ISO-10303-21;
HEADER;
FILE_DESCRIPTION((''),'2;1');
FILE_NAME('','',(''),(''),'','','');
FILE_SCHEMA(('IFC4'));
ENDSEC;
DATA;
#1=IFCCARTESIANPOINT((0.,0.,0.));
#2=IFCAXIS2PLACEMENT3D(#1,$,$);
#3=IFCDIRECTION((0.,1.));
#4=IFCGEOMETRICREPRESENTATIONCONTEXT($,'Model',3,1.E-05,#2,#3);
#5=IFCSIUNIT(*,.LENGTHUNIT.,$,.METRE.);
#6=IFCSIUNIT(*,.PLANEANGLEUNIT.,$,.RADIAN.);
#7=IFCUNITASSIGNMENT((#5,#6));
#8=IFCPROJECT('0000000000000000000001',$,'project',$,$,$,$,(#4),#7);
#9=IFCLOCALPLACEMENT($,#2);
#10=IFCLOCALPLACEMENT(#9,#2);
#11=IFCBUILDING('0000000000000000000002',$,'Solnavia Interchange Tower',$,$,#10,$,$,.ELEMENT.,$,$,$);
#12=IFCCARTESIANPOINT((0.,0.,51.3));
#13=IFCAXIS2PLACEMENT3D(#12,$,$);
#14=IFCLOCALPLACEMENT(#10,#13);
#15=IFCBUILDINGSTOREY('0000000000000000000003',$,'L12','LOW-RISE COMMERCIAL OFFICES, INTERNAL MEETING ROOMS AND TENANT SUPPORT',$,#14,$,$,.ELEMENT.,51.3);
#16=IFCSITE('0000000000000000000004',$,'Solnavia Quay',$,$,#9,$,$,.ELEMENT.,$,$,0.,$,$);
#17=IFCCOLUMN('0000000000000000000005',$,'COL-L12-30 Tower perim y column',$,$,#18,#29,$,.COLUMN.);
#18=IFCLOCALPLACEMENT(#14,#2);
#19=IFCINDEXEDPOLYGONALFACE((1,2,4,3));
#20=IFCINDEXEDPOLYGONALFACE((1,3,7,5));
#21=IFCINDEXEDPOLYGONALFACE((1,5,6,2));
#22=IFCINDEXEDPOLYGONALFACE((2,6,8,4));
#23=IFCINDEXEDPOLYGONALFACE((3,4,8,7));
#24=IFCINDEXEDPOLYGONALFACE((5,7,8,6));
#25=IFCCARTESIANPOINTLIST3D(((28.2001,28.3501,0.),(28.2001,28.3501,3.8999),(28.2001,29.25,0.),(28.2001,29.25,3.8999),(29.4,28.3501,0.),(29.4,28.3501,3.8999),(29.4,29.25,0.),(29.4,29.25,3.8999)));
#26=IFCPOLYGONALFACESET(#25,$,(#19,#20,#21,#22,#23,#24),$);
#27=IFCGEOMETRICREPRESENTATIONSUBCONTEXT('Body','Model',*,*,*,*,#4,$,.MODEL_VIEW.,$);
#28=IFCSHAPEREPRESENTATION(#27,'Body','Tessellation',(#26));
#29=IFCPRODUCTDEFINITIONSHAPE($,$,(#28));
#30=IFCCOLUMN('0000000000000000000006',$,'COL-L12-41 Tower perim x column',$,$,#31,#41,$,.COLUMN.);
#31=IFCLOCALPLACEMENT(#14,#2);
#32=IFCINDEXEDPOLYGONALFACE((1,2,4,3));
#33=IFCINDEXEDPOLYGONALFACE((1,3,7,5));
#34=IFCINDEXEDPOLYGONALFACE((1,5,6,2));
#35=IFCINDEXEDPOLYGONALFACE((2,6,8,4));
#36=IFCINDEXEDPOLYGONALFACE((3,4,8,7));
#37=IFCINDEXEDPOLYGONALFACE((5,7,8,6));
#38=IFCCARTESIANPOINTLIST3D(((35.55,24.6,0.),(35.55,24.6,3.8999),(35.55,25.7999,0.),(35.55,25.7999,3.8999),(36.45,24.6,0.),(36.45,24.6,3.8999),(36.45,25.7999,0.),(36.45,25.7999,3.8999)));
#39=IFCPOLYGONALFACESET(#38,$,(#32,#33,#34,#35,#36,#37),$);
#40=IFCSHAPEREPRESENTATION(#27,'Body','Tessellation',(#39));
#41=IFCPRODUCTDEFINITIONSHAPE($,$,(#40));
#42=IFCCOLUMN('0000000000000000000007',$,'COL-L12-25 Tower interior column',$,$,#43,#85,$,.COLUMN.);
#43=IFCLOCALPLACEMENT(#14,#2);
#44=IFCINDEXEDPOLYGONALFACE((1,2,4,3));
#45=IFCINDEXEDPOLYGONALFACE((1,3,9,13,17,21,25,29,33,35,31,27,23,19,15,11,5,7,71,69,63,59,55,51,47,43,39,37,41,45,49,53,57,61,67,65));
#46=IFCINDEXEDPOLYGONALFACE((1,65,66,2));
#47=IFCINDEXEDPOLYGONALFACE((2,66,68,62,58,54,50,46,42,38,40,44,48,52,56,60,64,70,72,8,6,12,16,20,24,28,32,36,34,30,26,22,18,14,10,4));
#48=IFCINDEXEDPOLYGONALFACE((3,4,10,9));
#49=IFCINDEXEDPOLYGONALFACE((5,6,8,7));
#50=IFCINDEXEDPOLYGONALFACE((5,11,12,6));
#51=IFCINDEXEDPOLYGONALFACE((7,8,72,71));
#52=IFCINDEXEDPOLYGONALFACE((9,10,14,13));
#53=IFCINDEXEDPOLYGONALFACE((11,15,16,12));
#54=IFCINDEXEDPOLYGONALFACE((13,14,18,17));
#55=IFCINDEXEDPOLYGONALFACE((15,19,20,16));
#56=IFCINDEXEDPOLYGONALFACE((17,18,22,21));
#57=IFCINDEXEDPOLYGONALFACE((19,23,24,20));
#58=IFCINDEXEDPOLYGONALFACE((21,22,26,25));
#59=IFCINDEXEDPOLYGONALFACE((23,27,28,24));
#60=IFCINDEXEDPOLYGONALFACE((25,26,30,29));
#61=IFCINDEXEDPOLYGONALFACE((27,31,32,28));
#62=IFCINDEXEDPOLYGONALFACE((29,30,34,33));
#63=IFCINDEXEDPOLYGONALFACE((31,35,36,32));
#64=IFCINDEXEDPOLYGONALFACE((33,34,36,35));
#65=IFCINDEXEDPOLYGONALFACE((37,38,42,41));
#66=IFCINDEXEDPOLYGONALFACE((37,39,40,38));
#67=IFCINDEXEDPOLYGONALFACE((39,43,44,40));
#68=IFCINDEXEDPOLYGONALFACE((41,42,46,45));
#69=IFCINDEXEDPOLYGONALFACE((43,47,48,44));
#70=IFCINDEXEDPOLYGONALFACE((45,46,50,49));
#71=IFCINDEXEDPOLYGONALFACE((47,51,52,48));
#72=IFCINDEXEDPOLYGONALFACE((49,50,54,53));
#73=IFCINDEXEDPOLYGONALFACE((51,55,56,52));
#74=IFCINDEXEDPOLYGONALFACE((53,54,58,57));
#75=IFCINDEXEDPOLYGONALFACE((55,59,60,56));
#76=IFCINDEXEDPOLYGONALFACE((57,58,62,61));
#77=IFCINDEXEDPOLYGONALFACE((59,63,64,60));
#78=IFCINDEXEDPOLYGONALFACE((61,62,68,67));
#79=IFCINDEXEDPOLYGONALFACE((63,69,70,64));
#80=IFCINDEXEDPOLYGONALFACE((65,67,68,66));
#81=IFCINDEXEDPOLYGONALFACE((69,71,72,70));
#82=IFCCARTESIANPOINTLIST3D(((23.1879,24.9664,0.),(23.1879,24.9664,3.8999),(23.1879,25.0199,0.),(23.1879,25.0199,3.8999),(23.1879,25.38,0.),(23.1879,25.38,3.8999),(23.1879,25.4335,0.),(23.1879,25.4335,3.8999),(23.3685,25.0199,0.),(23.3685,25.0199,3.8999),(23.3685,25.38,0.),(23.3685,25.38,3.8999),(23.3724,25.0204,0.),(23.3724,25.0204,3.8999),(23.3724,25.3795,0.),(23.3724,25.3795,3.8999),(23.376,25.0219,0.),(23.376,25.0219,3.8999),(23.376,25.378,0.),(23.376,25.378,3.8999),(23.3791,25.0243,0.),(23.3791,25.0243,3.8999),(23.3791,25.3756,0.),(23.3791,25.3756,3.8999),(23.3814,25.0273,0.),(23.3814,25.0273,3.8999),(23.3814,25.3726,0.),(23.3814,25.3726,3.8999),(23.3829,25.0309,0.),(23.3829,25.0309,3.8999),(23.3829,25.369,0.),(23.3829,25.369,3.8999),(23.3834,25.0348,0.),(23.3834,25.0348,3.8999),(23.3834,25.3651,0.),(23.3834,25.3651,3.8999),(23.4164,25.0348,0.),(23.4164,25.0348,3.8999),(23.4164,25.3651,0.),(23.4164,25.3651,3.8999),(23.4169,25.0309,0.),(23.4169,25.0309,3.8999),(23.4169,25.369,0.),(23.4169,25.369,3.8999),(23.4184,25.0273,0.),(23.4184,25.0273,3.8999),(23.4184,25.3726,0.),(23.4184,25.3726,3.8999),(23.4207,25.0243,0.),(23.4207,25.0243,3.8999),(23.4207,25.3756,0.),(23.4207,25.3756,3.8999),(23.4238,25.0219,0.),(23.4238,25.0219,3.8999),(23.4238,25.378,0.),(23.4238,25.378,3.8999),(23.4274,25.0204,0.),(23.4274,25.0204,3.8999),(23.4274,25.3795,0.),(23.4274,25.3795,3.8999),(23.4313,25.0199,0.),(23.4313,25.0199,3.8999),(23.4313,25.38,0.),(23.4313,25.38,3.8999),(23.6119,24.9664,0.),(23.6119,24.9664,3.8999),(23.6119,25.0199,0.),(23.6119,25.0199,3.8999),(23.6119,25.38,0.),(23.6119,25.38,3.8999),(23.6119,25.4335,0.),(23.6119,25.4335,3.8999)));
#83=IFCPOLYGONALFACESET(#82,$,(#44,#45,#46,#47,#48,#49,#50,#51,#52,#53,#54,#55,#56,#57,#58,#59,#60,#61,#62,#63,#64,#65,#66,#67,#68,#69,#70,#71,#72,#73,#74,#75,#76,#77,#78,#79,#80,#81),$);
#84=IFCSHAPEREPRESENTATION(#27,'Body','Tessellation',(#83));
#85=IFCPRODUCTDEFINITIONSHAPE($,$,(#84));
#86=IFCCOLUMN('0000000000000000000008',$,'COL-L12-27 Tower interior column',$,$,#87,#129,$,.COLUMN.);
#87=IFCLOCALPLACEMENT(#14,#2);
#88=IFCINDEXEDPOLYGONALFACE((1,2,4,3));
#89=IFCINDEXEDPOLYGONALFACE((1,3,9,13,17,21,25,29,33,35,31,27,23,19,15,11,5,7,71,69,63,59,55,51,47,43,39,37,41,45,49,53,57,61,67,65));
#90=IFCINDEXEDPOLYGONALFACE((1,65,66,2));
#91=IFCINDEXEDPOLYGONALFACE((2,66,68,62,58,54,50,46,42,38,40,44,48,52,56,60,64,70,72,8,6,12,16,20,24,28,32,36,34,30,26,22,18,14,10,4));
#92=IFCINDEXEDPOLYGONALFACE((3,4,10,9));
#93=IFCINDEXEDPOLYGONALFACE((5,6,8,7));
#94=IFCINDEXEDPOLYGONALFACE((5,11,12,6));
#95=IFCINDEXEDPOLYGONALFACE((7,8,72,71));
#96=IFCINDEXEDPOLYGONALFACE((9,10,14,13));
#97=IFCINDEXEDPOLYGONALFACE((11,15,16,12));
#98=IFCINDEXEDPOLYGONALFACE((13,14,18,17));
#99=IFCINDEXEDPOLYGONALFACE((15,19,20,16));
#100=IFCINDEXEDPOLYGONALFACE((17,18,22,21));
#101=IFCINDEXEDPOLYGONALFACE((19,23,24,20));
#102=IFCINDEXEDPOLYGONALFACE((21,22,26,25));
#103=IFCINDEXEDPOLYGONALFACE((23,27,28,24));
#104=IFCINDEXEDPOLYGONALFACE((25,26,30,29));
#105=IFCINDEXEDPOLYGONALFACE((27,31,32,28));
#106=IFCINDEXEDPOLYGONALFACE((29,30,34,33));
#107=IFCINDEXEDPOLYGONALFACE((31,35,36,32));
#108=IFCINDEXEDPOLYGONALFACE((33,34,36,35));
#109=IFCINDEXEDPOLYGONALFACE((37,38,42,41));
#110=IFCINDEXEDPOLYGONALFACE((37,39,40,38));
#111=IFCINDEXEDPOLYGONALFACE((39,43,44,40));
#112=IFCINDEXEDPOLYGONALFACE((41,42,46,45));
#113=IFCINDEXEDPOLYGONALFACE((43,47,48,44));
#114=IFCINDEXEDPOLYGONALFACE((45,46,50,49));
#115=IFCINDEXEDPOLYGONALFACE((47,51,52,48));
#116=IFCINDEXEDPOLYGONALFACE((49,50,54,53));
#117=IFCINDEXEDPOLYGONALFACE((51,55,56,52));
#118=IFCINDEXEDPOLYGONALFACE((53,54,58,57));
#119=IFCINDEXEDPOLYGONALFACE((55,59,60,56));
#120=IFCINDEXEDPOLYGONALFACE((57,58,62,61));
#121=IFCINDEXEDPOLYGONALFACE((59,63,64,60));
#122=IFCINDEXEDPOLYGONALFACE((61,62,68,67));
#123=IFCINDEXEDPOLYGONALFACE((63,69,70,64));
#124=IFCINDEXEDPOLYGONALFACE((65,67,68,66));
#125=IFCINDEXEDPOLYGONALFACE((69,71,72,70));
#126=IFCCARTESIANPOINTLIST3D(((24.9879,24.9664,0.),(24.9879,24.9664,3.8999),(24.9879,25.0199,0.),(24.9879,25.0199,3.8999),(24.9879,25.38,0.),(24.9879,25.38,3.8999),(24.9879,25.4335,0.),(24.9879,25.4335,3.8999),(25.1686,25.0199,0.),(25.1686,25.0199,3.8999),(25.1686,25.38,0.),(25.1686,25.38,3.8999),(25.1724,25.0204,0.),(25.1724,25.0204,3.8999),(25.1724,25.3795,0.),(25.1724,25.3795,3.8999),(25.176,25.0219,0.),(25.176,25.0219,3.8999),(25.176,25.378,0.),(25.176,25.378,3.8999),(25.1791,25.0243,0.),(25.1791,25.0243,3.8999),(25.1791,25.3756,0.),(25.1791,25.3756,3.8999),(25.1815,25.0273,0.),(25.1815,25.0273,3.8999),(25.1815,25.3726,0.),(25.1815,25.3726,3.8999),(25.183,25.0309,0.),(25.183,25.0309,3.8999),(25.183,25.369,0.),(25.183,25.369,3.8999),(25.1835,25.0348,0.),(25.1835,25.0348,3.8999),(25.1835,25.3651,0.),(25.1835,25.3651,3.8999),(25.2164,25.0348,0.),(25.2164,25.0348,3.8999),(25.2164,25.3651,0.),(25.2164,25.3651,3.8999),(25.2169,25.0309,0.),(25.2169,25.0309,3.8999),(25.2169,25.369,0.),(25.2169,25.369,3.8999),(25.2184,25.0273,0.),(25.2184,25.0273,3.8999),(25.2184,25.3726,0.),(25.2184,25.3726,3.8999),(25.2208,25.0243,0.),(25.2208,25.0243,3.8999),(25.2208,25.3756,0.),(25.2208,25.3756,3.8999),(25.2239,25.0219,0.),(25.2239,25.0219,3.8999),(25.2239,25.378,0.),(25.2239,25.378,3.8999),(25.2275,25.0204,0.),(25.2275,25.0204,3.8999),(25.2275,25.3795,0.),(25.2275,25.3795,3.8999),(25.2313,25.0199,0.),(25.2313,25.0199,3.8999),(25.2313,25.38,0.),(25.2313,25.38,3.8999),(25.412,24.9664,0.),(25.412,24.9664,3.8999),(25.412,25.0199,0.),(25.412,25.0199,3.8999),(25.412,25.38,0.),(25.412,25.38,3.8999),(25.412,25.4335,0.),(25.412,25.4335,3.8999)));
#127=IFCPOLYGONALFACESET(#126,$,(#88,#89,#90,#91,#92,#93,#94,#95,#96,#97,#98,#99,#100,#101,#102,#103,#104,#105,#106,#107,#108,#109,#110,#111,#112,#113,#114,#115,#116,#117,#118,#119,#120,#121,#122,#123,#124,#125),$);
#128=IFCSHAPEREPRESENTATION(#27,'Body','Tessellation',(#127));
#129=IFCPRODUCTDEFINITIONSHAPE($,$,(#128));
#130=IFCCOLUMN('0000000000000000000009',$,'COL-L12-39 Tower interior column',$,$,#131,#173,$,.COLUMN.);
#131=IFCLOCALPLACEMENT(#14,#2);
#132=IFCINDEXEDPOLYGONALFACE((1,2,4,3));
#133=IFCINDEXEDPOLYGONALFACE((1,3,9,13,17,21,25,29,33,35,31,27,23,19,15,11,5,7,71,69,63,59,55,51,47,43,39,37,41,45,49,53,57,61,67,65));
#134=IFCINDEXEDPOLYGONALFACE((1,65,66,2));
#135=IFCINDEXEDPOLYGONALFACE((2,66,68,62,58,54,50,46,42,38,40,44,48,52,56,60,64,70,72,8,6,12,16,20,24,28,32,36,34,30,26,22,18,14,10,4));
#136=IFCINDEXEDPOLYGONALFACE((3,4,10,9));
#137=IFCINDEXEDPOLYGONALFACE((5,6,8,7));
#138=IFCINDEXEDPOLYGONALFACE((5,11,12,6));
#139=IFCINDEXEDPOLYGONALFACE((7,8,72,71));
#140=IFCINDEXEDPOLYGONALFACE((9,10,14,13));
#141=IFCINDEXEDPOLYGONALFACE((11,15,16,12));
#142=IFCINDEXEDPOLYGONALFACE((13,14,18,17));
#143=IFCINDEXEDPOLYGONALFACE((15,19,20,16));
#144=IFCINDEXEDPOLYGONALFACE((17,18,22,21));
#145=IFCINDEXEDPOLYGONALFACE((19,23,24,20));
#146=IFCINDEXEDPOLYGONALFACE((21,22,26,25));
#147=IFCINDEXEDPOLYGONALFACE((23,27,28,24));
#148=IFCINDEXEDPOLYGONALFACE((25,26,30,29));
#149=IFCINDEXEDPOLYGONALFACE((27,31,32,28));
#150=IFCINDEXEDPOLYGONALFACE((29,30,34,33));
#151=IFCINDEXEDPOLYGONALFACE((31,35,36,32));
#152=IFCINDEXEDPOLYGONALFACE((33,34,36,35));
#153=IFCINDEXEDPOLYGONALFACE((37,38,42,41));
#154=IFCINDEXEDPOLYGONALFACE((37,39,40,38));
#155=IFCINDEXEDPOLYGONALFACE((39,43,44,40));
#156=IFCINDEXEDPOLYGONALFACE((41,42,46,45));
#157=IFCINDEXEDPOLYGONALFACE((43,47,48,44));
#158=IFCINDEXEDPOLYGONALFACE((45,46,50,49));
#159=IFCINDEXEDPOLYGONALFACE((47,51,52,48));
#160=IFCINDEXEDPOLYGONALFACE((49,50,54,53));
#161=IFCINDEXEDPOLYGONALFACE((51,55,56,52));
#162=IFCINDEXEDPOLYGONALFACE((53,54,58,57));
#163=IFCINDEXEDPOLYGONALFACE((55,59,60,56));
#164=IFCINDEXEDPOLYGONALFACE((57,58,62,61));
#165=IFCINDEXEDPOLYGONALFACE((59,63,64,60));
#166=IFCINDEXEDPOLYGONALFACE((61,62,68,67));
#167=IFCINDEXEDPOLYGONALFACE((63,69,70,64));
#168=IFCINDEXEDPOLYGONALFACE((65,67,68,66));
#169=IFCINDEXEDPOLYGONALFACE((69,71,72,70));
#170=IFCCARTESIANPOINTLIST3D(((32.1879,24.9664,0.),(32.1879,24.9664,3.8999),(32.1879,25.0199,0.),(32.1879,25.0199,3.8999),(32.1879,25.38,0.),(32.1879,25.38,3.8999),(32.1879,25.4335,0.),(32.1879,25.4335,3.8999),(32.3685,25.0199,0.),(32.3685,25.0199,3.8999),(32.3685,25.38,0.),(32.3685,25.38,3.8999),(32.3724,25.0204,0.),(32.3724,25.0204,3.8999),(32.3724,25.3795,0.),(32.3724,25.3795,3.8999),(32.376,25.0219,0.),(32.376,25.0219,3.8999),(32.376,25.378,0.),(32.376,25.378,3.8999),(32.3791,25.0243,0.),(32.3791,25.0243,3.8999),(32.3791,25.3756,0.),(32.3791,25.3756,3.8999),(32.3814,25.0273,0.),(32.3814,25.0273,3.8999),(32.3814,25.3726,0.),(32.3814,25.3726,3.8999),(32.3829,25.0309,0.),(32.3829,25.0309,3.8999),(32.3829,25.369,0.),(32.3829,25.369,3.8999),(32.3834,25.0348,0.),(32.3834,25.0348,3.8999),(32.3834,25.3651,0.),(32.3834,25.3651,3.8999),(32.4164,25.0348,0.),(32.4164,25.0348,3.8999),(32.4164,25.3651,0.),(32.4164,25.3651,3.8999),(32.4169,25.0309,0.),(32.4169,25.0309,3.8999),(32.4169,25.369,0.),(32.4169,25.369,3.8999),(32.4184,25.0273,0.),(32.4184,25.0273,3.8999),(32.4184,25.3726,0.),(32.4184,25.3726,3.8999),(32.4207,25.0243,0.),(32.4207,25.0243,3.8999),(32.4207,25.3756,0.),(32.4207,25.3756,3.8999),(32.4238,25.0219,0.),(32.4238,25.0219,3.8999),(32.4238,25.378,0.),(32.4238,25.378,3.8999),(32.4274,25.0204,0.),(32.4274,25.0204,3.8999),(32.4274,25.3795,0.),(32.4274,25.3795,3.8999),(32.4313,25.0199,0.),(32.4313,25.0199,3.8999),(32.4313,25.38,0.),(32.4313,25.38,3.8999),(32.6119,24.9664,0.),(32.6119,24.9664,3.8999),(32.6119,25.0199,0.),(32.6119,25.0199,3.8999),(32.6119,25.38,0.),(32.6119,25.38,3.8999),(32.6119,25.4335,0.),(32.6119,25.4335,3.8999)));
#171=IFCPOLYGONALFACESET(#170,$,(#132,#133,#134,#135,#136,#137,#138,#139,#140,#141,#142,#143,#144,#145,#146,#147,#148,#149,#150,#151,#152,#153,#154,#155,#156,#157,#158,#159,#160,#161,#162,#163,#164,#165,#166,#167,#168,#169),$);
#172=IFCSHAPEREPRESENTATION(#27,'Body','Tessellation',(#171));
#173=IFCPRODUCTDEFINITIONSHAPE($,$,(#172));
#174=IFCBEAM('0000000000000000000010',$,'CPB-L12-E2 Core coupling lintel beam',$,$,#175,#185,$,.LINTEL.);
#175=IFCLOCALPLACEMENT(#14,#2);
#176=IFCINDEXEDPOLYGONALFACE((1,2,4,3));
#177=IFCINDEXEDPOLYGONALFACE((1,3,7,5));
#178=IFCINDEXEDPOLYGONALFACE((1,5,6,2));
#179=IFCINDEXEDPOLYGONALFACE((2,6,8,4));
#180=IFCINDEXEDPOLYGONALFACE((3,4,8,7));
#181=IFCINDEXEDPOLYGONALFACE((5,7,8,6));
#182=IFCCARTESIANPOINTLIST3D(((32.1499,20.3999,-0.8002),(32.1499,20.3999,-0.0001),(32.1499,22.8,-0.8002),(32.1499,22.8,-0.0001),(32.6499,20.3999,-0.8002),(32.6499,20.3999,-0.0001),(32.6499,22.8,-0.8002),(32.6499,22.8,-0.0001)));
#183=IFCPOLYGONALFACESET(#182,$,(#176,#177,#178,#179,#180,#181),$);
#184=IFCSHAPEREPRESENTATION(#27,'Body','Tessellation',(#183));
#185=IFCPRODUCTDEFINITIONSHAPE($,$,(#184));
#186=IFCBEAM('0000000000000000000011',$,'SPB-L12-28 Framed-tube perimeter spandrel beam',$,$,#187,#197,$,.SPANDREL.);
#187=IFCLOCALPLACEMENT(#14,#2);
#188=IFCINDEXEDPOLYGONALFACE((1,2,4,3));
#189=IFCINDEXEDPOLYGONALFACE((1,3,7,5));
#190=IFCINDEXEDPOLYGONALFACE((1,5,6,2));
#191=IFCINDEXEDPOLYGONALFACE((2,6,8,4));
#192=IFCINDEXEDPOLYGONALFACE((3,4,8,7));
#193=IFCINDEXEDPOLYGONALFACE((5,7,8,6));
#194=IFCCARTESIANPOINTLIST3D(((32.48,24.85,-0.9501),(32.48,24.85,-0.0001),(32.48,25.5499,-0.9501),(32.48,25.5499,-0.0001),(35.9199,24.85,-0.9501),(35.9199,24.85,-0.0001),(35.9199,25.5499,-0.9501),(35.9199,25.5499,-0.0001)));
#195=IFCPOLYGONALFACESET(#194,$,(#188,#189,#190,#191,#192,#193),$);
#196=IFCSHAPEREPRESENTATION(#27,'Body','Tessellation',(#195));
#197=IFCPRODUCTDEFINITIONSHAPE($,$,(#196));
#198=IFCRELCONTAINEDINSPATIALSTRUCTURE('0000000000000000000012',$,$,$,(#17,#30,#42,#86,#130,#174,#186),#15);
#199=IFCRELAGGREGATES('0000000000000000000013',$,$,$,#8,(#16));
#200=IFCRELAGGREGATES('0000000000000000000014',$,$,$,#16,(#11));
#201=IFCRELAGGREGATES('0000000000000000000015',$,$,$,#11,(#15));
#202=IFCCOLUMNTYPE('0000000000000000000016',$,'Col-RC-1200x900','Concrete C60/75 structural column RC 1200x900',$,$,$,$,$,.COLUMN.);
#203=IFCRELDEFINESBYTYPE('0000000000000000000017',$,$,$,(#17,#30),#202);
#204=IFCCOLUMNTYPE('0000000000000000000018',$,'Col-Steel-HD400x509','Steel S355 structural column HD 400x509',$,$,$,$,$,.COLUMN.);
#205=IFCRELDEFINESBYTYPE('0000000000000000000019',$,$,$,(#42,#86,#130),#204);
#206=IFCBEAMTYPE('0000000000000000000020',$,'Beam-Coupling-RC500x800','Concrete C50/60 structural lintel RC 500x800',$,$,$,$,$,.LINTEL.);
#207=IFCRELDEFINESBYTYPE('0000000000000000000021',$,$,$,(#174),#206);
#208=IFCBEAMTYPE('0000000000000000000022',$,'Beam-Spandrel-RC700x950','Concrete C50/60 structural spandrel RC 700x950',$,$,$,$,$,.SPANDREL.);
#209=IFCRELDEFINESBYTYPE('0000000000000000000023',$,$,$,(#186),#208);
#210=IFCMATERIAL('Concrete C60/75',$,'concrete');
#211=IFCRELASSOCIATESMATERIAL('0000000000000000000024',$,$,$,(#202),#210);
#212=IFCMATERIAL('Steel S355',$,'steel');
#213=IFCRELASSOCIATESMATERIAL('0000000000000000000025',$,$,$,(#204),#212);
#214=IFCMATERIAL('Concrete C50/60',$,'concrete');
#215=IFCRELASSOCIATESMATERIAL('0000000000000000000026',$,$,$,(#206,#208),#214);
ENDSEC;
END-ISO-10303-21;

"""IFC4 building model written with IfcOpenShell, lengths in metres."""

from ifc_helpers import new_model, si_unit, direction, frame, origin, origin_2d, place, context, subcontext, project, spatial, rectangle, i_section, extrude, material, material_profile, profile_set, type_object, element, save


model = new_model("IFC4")

# Units and contexts
model_context = context("Model", 3, precision=1e-05, world=origin(), true_north=direction((0.0, 1.0)))
body_context = subcontext(model_context, "Body", "Model", "MODEL_VIEW")
ifc_project = project(units=[si_unit("LENGTHUNIT", "METRE"), si_unit("PLANEANGLEUNIT", "RADIAN")], contexts=[model_context])

# Site, building, storey
site_placement = place(None, origin())
site = spatial("IfcSite", under=ifc_project, at=site_placement, Name="Solnavia Quay", CompositionType="ELEMENT", RefElevation=0.0)
building_placement = place(site_placement, origin())
building = spatial("IfcBuilding", under=site, at=building_placement, Name="Solnavia Interchange Tower", CompositionType="ELEMENT")
storey_placement = place(building_placement, frame((0.0, 0.0, 51.3)))
storey = spatial("IfcBuildingStorey", under=building, at=storey_placement, Name="L12", Description="LOW-RISE COMMERCIAL OFFICES, INTERNAL MEETING ROOMS AND TENANT SUPPORT", CompositionType="ELEMENT", Elevation=51.3)

# Columns
ifc_material_1 = material(Name="Concrete C60/75", Category="concrete")
ifc_material_profile_1 = material_profile(ifc_material_1, rectangle(XDim=0.8999, YDim=1.2, at=origin_2d()), Name="RC 1200x900")
ifc_profile_set_1 = profile_set([ifc_material_profile_1], Name="Concrete C60/75")
column_type_1 = type_object("IfcColumnType", Name="Col-RC-1200x900", Description="Concrete C60/75 structural column RC 1200x900", PredefinedType="COLUMN", material=ifc_profile_set_1)
for number, where, z_axis, x_axis, name in (
    (1, (28.8, 28.8, 0.0), (0.0, 0.0, 1.0), (0.0, 1.0, 0.0), "COL-L12-30 Tower perim y column"),
    (2, (36.0, 25.2, 0.0), (0.0, 0.0, 1.0), (1.0, 0.0, 0.0), "COL-L12-41 Tower perim x column"),
):
    element("IfcColumn", number, at=place(storey_placement, frame(where, z_axis=z_axis, x_axis=x_axis)), inside=storey, type_object=column_type_1, Name=name, PredefinedType="COLUMN", context=body_context, shape_type="SweptSolid", body=[
        extrude(rectangle(XDim=0.8999, YDim=1.2, at=origin_2d()), origin(), (0.0, 0.0, 1.0), 3.8999),
    ])
ifc_material_2 = material(Name="Steel S355", Category="steel")
ifc_material_profile_2 = material_profile(ifc_material_2, i_section(OverallWidth=0.4241, OverallDepth=0.467, WebThickness=0.033, FlangeThickness=0.0535, FilletRadius=0.0149, at=origin_2d()), Name="HD 400x509")
ifc_profile_set_2 = profile_set([ifc_material_profile_2], Name="Steel S355")
column_type_2 = type_object("IfcColumnType", Name="Col-Steel-HD400x509", Description="Steel S355 structural column HD 400x509", PredefinedType="COLUMN", material=ifc_profile_set_2)
for number, where, z_axis, x_axis, name in (
    (3, (23.3999, 25.2, 0.0), (0.0, 0.0, 1.0), (1.0, 0.0, 0.0), "COL-L12-25 Tower interior column"),
    (4, (25.2, 25.2, 0.0), (0.0, 0.0, 1.0), (1.0, 0.0, 0.0), "COL-L12-27 Tower interior column"),
    (5, (32.3999, 25.2, 0.0), (0.0, 0.0, 1.0), (1.0, 0.0, 0.0), "COL-L12-39 Tower interior column"),
):
    element("IfcColumn", number, at=place(storey_placement, frame(where, z_axis=z_axis, x_axis=x_axis)), inside=storey, type_object=column_type_2, Name=name, PredefinedType="COLUMN", context=body_context, shape_type="SweptSolid", body=[
        extrude(i_section(OverallWidth=0.4241, OverallDepth=0.467, WebThickness=0.033, FlangeThickness=0.0535, FilletRadius=0.0149, at=origin_2d()), origin(), (0.0, 0.0, 1.0), 3.8999),
    ])

# Beams
ifc_material_3 = material(Name="Concrete C50/60", Category="concrete")
ifc_material_profile_3 = material_profile(ifc_material_3, rectangle(XDim=0.5, YDim=0.8, at=origin_2d()), Name="RC 500x800")
ifc_profile_set_3 = profile_set([ifc_material_profile_3], Name="Concrete C50/60")
beam_type_1 = type_object("IfcBeamType", Name="Beam-Coupling-RC500x800", Description="Concrete C50/60 structural lintel RC 500x800", PredefinedType="LINTEL", material=ifc_profile_set_3)
beam_1_placement = place(storey_placement, frame((32.3999, 20.3999, -0.4001), z_axis=(0.0, 1.0, 0.0), x_axis=(-1.0, 0.0, 0.0)))
element("IfcBeam", 6, at=beam_1_placement, inside=storey, type_object=beam_type_1, Name="CPB-L12-E2 Core coupling lintel beam", PredefinedType="LINTEL", context=body_context, shape_type="SweptSolid", body=[
    extrude(rectangle(XDim=0.5, YDim=0.8, at=origin_2d()), origin(), (0.0, 0.0, 1.0), 2.4001),
])
ifc_material_profile_4 = material_profile(ifc_material_3, rectangle(XDim=0.7, YDim=0.95, at=origin_2d()), Name="RC 700x950")
ifc_profile_set_4 = profile_set([ifc_material_profile_4], Name="Concrete C50/60")
beam_type_2 = type_object("IfcBeamType", Name="Beam-Spandrel-RC700x950", Description="Concrete C50/60 structural spandrel RC 700x950", PredefinedType="SPANDREL", material=ifc_profile_set_4)
beam_2_placement = place(storey_placement, frame((35.9199, 25.2, -0.4751), z_axis=(-1.0, 0.0, 0.0), x_axis=(0.0, -1.0, 0.0)))
element("IfcBeam", 7, at=beam_2_placement, inside=storey, type_object=beam_type_2, Name="SPB-L12-28 Framed-tube perimeter spandrel beam", PredefinedType="SPANDREL", context=body_context, shape_type="SweptSolid", body=[
    extrude(rectangle(XDim=0.7, YDim=0.95, at=origin_2d()), origin(), (0.0, 0.0, 1.0), 3.4399),
])

save(model, "model.ifc")
